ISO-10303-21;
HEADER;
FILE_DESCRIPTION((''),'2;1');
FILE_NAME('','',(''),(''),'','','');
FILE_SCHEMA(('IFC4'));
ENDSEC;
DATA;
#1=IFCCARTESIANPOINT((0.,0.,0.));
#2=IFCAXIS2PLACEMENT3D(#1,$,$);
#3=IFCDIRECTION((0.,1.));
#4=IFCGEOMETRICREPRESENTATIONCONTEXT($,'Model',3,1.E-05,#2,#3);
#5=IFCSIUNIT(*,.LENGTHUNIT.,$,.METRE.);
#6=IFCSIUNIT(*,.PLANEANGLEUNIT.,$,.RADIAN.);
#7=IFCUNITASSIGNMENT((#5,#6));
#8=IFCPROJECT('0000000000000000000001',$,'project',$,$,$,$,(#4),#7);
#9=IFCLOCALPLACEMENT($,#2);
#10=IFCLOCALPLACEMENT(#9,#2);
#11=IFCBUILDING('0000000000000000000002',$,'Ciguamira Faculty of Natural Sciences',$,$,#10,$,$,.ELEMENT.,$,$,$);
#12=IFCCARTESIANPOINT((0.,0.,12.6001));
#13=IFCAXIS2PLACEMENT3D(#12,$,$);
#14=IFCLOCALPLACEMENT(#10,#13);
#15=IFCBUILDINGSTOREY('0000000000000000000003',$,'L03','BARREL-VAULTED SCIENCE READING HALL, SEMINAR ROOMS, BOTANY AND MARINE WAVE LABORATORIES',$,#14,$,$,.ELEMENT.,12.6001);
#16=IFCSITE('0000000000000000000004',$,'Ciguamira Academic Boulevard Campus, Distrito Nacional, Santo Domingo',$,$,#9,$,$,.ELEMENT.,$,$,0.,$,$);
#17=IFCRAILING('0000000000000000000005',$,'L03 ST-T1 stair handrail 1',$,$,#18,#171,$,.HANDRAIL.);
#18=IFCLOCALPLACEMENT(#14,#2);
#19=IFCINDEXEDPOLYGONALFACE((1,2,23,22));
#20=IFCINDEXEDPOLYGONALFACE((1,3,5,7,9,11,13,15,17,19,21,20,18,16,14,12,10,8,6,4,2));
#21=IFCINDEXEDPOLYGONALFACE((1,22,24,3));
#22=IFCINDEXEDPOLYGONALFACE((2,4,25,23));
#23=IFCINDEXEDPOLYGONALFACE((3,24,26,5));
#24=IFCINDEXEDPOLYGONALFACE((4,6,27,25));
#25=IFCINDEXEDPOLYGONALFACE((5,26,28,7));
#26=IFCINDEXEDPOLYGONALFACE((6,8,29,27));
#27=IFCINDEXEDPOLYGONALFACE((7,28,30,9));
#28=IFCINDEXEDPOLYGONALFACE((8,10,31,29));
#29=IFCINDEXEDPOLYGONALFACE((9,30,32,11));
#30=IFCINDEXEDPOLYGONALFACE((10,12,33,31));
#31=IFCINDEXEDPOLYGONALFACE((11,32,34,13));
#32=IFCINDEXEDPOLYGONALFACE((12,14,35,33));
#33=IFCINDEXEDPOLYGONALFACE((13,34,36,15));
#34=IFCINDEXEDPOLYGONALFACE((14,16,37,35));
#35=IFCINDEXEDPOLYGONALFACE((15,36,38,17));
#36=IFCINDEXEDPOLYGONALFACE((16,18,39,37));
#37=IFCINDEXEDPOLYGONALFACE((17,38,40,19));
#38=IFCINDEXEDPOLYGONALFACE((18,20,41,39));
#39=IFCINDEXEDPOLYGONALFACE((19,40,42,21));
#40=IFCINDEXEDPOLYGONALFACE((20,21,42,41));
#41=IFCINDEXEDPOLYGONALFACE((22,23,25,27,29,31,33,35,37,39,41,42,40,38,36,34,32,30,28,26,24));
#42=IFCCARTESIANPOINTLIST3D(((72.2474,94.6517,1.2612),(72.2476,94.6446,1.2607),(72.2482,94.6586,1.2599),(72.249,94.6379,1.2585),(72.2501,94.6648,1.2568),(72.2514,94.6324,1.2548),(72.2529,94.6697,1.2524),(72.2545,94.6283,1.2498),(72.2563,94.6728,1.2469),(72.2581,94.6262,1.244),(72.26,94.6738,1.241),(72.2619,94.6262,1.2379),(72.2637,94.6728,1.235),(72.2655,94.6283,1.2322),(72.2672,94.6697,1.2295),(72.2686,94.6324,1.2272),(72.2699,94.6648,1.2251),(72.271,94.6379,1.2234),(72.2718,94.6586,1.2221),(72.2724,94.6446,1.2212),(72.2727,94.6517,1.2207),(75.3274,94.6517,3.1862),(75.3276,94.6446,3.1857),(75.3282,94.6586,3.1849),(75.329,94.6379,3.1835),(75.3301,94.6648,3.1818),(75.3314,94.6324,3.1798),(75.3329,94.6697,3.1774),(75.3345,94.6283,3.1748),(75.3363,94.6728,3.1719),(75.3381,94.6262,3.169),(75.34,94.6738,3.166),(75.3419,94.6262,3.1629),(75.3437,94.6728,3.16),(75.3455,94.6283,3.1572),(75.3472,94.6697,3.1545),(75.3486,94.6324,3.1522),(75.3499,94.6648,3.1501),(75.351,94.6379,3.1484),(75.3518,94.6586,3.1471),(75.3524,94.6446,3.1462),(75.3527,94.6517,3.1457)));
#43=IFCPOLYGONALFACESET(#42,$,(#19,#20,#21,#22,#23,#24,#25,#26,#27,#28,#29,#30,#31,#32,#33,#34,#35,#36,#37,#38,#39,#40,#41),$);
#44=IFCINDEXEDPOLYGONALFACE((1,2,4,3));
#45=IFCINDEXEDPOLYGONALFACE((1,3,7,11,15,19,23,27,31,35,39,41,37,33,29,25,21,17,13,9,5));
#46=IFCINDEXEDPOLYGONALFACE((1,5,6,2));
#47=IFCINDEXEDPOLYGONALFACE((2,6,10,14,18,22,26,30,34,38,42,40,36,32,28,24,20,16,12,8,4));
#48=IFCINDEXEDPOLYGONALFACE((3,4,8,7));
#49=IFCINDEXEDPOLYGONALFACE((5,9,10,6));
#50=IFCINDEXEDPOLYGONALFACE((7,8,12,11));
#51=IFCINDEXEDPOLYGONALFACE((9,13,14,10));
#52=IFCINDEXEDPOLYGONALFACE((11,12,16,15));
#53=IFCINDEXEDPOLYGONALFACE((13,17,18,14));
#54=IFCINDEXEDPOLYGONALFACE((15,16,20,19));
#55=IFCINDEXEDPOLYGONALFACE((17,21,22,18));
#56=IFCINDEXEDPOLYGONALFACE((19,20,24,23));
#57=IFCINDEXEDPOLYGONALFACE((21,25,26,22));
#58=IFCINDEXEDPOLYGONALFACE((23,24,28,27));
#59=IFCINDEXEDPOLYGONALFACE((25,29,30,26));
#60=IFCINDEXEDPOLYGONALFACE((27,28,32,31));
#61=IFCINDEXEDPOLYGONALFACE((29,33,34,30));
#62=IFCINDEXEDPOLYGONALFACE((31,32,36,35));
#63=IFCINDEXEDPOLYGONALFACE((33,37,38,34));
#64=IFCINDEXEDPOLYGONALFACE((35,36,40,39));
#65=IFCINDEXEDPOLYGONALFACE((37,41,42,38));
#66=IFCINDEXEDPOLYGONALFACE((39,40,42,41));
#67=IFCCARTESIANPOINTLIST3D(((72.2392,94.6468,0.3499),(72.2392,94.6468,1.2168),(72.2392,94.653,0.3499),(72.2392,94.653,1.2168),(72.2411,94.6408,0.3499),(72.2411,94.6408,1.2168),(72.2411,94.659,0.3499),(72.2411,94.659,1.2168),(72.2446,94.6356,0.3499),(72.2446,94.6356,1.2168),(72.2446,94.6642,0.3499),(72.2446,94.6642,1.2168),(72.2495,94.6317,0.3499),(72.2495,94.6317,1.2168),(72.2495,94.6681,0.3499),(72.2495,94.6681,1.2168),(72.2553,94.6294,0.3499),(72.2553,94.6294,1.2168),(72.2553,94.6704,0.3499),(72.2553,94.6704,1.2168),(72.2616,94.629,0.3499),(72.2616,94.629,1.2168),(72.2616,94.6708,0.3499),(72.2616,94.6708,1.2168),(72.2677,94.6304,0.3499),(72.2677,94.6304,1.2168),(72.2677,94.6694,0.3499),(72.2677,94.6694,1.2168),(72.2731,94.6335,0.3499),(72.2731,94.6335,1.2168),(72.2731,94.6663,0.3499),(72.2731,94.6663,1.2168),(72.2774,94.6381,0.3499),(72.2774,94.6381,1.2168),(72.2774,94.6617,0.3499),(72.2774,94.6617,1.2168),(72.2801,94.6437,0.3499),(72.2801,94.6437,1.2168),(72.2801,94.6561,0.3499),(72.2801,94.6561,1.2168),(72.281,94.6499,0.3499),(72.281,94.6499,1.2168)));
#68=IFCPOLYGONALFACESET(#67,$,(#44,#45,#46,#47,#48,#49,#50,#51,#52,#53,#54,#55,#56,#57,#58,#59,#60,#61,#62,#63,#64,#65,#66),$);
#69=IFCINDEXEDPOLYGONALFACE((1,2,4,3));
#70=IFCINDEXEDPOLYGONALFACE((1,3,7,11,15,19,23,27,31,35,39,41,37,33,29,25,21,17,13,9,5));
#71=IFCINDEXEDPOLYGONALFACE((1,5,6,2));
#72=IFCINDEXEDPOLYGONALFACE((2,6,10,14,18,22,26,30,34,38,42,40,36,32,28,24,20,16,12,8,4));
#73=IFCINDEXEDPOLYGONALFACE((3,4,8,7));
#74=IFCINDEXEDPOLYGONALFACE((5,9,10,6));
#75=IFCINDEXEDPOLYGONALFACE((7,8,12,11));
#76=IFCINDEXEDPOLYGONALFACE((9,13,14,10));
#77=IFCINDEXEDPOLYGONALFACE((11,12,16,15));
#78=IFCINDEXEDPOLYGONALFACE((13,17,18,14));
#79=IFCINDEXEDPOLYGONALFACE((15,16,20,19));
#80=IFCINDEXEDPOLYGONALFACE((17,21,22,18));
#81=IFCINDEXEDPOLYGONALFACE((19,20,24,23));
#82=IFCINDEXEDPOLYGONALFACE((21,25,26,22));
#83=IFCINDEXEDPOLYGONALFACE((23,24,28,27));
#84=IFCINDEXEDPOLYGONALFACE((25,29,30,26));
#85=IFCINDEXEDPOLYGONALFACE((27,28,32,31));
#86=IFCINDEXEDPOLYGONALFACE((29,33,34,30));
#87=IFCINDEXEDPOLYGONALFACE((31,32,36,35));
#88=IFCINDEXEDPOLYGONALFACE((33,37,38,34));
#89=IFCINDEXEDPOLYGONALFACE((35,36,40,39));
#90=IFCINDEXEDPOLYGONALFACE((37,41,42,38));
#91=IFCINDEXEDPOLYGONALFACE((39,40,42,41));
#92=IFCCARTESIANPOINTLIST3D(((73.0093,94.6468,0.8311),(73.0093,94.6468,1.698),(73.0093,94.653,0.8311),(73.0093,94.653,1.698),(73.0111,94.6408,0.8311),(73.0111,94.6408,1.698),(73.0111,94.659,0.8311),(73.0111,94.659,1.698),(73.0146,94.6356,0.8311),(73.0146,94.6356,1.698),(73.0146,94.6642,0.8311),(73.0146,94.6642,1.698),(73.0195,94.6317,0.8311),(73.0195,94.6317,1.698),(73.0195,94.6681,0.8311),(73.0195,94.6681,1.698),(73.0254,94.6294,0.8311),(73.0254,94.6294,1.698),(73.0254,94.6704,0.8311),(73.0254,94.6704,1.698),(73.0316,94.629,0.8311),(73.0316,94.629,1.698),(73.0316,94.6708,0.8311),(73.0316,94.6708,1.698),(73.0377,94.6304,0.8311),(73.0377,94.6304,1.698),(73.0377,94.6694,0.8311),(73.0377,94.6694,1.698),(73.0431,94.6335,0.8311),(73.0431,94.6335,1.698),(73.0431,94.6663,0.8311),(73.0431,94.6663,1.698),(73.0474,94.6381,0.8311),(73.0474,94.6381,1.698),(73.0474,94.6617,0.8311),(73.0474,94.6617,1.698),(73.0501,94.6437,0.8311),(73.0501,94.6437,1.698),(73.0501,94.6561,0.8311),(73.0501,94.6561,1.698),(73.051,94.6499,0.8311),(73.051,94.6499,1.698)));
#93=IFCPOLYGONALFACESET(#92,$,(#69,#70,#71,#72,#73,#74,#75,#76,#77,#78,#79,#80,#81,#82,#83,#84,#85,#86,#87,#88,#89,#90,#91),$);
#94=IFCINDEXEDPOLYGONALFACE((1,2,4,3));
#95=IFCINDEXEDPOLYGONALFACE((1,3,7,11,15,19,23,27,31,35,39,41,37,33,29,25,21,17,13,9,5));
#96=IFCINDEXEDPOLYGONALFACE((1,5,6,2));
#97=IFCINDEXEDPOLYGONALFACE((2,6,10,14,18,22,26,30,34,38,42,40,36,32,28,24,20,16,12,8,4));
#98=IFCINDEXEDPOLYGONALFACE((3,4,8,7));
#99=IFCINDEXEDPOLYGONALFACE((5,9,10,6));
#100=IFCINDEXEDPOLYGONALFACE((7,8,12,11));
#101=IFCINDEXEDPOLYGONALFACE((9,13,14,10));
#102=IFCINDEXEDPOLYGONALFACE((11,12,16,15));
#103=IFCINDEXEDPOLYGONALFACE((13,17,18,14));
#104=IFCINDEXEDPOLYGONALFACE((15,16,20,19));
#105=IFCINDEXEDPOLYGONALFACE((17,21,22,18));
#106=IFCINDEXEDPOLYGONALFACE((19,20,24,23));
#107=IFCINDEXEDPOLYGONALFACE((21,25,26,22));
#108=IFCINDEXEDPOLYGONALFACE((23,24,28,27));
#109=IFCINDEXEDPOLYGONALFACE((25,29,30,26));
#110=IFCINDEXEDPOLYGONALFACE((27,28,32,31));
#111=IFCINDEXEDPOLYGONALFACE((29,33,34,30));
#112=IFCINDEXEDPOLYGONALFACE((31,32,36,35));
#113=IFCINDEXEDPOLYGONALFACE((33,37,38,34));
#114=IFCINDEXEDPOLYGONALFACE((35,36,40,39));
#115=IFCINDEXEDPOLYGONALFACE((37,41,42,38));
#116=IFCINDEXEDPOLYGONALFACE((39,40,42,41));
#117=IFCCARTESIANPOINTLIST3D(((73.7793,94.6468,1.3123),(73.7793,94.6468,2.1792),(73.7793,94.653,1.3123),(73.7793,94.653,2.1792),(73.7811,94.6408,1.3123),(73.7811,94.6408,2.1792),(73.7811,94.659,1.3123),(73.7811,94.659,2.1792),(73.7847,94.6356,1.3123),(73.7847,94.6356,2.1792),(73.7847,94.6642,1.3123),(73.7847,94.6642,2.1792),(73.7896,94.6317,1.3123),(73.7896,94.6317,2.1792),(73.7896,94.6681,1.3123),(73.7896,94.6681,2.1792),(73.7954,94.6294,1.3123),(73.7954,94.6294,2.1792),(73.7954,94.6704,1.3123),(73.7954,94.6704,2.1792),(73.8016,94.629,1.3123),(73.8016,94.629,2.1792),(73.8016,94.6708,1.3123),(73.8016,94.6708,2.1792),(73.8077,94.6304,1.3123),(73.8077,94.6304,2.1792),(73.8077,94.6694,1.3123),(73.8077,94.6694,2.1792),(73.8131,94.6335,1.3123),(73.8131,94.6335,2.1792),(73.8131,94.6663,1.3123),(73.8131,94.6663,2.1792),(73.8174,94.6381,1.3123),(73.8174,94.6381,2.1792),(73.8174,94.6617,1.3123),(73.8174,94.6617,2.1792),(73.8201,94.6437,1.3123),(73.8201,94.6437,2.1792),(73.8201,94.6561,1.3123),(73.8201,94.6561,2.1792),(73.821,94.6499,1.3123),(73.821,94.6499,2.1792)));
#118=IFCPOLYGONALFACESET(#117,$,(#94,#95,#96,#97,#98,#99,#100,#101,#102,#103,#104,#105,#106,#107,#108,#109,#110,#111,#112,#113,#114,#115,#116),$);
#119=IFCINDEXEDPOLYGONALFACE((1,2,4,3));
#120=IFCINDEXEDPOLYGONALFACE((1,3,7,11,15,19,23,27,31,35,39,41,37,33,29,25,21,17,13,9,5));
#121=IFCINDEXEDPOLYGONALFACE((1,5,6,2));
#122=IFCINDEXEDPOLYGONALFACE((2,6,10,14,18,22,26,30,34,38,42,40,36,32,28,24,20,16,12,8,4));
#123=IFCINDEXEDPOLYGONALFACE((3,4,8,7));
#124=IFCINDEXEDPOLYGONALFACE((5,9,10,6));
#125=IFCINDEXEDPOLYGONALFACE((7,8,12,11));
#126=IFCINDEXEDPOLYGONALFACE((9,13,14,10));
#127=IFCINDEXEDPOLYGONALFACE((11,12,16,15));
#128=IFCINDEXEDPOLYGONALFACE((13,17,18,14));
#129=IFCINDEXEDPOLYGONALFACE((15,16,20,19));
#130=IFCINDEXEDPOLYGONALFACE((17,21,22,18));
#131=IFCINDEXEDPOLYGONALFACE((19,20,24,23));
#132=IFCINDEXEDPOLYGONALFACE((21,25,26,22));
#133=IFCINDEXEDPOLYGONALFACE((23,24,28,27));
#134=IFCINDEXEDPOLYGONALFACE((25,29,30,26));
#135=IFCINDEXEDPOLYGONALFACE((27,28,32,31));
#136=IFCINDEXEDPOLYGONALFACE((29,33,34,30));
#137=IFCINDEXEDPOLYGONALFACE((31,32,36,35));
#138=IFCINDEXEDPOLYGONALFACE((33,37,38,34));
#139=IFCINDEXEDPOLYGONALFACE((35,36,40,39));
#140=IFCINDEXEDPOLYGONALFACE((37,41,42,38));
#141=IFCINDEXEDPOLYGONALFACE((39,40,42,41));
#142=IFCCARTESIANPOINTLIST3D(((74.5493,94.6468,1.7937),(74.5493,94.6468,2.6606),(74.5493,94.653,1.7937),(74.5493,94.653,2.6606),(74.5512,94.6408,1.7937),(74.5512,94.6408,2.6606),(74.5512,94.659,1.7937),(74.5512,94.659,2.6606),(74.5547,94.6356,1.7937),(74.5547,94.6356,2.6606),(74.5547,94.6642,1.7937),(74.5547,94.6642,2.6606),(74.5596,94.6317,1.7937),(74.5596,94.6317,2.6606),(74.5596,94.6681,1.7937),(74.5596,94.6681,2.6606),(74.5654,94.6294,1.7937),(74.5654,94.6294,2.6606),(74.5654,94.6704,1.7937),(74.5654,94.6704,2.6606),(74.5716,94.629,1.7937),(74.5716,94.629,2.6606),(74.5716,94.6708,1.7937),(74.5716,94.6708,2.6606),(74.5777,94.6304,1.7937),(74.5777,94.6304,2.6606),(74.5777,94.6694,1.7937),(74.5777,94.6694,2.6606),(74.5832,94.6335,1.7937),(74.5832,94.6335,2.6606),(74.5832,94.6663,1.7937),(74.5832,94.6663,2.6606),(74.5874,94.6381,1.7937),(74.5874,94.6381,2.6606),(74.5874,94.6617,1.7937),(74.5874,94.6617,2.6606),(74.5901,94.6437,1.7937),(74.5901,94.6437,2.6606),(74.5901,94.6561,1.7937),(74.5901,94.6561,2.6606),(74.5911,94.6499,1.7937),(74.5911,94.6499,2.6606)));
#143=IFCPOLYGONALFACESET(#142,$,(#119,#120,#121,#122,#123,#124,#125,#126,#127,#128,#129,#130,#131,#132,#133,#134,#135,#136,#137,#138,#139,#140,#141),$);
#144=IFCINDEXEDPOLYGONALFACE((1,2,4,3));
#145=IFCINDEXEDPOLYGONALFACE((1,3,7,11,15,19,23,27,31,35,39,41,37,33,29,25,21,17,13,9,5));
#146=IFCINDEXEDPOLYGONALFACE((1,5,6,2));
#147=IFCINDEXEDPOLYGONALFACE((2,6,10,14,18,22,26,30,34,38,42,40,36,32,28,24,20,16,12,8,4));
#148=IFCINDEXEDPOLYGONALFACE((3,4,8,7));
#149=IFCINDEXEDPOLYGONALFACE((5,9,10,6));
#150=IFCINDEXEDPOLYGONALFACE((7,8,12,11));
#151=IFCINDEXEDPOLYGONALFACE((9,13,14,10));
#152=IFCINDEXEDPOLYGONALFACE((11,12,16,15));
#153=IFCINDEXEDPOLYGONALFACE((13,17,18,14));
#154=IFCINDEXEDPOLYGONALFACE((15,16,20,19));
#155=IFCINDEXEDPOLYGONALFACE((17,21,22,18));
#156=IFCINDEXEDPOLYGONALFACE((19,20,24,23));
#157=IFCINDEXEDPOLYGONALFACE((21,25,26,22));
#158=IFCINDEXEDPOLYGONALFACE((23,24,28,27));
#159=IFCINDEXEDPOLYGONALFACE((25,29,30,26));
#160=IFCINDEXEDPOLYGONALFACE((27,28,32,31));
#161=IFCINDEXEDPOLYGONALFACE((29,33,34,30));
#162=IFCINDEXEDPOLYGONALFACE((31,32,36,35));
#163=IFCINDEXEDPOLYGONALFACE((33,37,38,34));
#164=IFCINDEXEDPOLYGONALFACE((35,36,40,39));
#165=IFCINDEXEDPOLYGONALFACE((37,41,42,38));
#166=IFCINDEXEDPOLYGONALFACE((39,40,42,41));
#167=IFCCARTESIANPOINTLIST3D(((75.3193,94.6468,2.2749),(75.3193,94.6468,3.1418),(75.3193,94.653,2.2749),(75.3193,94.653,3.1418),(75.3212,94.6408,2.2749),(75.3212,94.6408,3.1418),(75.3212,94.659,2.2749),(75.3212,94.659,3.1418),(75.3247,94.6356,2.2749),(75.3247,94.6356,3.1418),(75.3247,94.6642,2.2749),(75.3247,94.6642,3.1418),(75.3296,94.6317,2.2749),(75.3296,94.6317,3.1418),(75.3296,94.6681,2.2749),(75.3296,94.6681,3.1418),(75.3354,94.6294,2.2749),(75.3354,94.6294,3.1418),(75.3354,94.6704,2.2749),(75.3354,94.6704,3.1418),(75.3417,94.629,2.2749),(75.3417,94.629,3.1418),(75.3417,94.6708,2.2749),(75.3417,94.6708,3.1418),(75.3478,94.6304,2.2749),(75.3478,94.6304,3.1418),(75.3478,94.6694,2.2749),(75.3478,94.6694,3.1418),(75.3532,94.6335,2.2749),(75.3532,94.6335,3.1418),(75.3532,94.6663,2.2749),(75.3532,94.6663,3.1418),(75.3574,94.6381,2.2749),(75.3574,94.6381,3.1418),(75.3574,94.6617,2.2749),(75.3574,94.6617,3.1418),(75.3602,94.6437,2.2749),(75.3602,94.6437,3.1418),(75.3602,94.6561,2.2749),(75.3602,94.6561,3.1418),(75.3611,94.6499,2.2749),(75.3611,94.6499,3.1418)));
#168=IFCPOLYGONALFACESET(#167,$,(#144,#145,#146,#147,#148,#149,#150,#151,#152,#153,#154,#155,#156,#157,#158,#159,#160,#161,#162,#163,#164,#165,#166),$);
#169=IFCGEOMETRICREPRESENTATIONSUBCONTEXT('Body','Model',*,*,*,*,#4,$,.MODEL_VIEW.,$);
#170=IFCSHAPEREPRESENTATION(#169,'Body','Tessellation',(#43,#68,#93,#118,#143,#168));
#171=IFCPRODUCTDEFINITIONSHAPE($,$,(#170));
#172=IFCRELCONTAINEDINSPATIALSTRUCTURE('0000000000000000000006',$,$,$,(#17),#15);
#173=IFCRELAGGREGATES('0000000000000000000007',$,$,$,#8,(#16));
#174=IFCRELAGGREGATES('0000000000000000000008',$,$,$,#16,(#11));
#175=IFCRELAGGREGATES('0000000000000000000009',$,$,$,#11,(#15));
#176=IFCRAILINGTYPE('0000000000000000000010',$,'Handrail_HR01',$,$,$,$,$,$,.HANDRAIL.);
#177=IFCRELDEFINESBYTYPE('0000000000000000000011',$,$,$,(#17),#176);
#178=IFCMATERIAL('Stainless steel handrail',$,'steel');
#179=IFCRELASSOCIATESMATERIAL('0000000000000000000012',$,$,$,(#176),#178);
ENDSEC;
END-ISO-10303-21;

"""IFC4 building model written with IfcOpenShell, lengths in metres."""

from ifc_helpers import new_model, si_unit, direction, frame, origin, origin_2d, place, context, subcontext, project, spatial, circle, extrude, material, type_object, element, save


model = new_model("IFC4")

# Units and contexts
model_context = context("Model", 3, precision=1e-05, world=origin(), true_north=direction((0.0, 1.0)))
body_context = subcontext(model_context, "Body", "Model", "MODEL_VIEW")
ifc_project = project(units=[si_unit("LENGTHUNIT", "METRE"), si_unit("PLANEANGLEUNIT", "RADIAN")], contexts=[model_context])

# Site, building, storey
site_placement = place(None, origin())
site = spatial("IfcSite", under=ifc_project, at=site_placement, Name="Ciguamira Academic Boulevard Campus, Distrito Nacional, Santo Domingo", CompositionType="ELEMENT", RefElevation=0.0)
building_placement = place(site_placement, origin())
building = spatial("IfcBuilding", under=site, at=building_placement, Name="Ciguamira Faculty of Natural Sciences", CompositionType="ELEMENT")
storey_placement = place(building_placement, frame((0.0, 0.0, 12.6001)))
storey = spatial("IfcBuildingStorey", under=building, at=storey_placement, Name="L03", Description="BARREL-VAULTED SCIENCE READING HALL, SEMINAR ROOMS, BOTANY AND MARINE WAVE LABORATORIES", CompositionType="ELEMENT", Elevation=12.6001)

# Railing
ifc_material_1 = material(Name="Stainless steel handrail", Category="steel")
railing_type_1 = type_object("IfcRailingType", Name="Handrail_HR01", PredefinedType="HANDRAIL", material=ifc_material_1)
railing_1_placement = place(storey_placement, frame((72.26, 94.6499, 0.3499)))
element("IfcRailing", 1, at=railing_1_placement, inside=storey, type_object=railing_type_1, Name="L03 ST-T1 stair handrail 1", PredefinedType="HANDRAIL", context=body_context, shape_type="SweptSolid", body=[
    extrude(circle(Radius=0.0239, at=origin_2d()), frame((0.0, 0.0, 0.8911), z_axis=(0.847998, 0.0, 0.529999), x_axis=(0.0, 1.0, 0.0)), (0.0, 0.0, 1.0), 3.6321),
    extrude(circle(Radius=0.021, at=origin_2d()), origin(), (0.0, 0.0, 1.0), 0.8669),
    extrude(circle(Radius=0.021, at=origin_2d()), frame((0.77, 0.0, 0.4812)), (0.0, 0.0, 1.0), 0.8669),
    extrude(circle(Radius=0.021, at=origin_2d()), frame((1.54, 0.0, 0.9624)), (0.0, 0.0, 1.0), 0.8669),
    extrude(circle(Radius=0.021, at=origin_2d()), frame((2.3101, 0.0, 1.4438)), (0.0, 0.0, 1.0), 0.8669),
    extrude(circle(Radius=0.021, at=origin_2d()), frame((3.0801, 0.0, 1.925)), (0.0, 0.0, 1.0), 0.8669),
])

save(model, "model.ifc")
